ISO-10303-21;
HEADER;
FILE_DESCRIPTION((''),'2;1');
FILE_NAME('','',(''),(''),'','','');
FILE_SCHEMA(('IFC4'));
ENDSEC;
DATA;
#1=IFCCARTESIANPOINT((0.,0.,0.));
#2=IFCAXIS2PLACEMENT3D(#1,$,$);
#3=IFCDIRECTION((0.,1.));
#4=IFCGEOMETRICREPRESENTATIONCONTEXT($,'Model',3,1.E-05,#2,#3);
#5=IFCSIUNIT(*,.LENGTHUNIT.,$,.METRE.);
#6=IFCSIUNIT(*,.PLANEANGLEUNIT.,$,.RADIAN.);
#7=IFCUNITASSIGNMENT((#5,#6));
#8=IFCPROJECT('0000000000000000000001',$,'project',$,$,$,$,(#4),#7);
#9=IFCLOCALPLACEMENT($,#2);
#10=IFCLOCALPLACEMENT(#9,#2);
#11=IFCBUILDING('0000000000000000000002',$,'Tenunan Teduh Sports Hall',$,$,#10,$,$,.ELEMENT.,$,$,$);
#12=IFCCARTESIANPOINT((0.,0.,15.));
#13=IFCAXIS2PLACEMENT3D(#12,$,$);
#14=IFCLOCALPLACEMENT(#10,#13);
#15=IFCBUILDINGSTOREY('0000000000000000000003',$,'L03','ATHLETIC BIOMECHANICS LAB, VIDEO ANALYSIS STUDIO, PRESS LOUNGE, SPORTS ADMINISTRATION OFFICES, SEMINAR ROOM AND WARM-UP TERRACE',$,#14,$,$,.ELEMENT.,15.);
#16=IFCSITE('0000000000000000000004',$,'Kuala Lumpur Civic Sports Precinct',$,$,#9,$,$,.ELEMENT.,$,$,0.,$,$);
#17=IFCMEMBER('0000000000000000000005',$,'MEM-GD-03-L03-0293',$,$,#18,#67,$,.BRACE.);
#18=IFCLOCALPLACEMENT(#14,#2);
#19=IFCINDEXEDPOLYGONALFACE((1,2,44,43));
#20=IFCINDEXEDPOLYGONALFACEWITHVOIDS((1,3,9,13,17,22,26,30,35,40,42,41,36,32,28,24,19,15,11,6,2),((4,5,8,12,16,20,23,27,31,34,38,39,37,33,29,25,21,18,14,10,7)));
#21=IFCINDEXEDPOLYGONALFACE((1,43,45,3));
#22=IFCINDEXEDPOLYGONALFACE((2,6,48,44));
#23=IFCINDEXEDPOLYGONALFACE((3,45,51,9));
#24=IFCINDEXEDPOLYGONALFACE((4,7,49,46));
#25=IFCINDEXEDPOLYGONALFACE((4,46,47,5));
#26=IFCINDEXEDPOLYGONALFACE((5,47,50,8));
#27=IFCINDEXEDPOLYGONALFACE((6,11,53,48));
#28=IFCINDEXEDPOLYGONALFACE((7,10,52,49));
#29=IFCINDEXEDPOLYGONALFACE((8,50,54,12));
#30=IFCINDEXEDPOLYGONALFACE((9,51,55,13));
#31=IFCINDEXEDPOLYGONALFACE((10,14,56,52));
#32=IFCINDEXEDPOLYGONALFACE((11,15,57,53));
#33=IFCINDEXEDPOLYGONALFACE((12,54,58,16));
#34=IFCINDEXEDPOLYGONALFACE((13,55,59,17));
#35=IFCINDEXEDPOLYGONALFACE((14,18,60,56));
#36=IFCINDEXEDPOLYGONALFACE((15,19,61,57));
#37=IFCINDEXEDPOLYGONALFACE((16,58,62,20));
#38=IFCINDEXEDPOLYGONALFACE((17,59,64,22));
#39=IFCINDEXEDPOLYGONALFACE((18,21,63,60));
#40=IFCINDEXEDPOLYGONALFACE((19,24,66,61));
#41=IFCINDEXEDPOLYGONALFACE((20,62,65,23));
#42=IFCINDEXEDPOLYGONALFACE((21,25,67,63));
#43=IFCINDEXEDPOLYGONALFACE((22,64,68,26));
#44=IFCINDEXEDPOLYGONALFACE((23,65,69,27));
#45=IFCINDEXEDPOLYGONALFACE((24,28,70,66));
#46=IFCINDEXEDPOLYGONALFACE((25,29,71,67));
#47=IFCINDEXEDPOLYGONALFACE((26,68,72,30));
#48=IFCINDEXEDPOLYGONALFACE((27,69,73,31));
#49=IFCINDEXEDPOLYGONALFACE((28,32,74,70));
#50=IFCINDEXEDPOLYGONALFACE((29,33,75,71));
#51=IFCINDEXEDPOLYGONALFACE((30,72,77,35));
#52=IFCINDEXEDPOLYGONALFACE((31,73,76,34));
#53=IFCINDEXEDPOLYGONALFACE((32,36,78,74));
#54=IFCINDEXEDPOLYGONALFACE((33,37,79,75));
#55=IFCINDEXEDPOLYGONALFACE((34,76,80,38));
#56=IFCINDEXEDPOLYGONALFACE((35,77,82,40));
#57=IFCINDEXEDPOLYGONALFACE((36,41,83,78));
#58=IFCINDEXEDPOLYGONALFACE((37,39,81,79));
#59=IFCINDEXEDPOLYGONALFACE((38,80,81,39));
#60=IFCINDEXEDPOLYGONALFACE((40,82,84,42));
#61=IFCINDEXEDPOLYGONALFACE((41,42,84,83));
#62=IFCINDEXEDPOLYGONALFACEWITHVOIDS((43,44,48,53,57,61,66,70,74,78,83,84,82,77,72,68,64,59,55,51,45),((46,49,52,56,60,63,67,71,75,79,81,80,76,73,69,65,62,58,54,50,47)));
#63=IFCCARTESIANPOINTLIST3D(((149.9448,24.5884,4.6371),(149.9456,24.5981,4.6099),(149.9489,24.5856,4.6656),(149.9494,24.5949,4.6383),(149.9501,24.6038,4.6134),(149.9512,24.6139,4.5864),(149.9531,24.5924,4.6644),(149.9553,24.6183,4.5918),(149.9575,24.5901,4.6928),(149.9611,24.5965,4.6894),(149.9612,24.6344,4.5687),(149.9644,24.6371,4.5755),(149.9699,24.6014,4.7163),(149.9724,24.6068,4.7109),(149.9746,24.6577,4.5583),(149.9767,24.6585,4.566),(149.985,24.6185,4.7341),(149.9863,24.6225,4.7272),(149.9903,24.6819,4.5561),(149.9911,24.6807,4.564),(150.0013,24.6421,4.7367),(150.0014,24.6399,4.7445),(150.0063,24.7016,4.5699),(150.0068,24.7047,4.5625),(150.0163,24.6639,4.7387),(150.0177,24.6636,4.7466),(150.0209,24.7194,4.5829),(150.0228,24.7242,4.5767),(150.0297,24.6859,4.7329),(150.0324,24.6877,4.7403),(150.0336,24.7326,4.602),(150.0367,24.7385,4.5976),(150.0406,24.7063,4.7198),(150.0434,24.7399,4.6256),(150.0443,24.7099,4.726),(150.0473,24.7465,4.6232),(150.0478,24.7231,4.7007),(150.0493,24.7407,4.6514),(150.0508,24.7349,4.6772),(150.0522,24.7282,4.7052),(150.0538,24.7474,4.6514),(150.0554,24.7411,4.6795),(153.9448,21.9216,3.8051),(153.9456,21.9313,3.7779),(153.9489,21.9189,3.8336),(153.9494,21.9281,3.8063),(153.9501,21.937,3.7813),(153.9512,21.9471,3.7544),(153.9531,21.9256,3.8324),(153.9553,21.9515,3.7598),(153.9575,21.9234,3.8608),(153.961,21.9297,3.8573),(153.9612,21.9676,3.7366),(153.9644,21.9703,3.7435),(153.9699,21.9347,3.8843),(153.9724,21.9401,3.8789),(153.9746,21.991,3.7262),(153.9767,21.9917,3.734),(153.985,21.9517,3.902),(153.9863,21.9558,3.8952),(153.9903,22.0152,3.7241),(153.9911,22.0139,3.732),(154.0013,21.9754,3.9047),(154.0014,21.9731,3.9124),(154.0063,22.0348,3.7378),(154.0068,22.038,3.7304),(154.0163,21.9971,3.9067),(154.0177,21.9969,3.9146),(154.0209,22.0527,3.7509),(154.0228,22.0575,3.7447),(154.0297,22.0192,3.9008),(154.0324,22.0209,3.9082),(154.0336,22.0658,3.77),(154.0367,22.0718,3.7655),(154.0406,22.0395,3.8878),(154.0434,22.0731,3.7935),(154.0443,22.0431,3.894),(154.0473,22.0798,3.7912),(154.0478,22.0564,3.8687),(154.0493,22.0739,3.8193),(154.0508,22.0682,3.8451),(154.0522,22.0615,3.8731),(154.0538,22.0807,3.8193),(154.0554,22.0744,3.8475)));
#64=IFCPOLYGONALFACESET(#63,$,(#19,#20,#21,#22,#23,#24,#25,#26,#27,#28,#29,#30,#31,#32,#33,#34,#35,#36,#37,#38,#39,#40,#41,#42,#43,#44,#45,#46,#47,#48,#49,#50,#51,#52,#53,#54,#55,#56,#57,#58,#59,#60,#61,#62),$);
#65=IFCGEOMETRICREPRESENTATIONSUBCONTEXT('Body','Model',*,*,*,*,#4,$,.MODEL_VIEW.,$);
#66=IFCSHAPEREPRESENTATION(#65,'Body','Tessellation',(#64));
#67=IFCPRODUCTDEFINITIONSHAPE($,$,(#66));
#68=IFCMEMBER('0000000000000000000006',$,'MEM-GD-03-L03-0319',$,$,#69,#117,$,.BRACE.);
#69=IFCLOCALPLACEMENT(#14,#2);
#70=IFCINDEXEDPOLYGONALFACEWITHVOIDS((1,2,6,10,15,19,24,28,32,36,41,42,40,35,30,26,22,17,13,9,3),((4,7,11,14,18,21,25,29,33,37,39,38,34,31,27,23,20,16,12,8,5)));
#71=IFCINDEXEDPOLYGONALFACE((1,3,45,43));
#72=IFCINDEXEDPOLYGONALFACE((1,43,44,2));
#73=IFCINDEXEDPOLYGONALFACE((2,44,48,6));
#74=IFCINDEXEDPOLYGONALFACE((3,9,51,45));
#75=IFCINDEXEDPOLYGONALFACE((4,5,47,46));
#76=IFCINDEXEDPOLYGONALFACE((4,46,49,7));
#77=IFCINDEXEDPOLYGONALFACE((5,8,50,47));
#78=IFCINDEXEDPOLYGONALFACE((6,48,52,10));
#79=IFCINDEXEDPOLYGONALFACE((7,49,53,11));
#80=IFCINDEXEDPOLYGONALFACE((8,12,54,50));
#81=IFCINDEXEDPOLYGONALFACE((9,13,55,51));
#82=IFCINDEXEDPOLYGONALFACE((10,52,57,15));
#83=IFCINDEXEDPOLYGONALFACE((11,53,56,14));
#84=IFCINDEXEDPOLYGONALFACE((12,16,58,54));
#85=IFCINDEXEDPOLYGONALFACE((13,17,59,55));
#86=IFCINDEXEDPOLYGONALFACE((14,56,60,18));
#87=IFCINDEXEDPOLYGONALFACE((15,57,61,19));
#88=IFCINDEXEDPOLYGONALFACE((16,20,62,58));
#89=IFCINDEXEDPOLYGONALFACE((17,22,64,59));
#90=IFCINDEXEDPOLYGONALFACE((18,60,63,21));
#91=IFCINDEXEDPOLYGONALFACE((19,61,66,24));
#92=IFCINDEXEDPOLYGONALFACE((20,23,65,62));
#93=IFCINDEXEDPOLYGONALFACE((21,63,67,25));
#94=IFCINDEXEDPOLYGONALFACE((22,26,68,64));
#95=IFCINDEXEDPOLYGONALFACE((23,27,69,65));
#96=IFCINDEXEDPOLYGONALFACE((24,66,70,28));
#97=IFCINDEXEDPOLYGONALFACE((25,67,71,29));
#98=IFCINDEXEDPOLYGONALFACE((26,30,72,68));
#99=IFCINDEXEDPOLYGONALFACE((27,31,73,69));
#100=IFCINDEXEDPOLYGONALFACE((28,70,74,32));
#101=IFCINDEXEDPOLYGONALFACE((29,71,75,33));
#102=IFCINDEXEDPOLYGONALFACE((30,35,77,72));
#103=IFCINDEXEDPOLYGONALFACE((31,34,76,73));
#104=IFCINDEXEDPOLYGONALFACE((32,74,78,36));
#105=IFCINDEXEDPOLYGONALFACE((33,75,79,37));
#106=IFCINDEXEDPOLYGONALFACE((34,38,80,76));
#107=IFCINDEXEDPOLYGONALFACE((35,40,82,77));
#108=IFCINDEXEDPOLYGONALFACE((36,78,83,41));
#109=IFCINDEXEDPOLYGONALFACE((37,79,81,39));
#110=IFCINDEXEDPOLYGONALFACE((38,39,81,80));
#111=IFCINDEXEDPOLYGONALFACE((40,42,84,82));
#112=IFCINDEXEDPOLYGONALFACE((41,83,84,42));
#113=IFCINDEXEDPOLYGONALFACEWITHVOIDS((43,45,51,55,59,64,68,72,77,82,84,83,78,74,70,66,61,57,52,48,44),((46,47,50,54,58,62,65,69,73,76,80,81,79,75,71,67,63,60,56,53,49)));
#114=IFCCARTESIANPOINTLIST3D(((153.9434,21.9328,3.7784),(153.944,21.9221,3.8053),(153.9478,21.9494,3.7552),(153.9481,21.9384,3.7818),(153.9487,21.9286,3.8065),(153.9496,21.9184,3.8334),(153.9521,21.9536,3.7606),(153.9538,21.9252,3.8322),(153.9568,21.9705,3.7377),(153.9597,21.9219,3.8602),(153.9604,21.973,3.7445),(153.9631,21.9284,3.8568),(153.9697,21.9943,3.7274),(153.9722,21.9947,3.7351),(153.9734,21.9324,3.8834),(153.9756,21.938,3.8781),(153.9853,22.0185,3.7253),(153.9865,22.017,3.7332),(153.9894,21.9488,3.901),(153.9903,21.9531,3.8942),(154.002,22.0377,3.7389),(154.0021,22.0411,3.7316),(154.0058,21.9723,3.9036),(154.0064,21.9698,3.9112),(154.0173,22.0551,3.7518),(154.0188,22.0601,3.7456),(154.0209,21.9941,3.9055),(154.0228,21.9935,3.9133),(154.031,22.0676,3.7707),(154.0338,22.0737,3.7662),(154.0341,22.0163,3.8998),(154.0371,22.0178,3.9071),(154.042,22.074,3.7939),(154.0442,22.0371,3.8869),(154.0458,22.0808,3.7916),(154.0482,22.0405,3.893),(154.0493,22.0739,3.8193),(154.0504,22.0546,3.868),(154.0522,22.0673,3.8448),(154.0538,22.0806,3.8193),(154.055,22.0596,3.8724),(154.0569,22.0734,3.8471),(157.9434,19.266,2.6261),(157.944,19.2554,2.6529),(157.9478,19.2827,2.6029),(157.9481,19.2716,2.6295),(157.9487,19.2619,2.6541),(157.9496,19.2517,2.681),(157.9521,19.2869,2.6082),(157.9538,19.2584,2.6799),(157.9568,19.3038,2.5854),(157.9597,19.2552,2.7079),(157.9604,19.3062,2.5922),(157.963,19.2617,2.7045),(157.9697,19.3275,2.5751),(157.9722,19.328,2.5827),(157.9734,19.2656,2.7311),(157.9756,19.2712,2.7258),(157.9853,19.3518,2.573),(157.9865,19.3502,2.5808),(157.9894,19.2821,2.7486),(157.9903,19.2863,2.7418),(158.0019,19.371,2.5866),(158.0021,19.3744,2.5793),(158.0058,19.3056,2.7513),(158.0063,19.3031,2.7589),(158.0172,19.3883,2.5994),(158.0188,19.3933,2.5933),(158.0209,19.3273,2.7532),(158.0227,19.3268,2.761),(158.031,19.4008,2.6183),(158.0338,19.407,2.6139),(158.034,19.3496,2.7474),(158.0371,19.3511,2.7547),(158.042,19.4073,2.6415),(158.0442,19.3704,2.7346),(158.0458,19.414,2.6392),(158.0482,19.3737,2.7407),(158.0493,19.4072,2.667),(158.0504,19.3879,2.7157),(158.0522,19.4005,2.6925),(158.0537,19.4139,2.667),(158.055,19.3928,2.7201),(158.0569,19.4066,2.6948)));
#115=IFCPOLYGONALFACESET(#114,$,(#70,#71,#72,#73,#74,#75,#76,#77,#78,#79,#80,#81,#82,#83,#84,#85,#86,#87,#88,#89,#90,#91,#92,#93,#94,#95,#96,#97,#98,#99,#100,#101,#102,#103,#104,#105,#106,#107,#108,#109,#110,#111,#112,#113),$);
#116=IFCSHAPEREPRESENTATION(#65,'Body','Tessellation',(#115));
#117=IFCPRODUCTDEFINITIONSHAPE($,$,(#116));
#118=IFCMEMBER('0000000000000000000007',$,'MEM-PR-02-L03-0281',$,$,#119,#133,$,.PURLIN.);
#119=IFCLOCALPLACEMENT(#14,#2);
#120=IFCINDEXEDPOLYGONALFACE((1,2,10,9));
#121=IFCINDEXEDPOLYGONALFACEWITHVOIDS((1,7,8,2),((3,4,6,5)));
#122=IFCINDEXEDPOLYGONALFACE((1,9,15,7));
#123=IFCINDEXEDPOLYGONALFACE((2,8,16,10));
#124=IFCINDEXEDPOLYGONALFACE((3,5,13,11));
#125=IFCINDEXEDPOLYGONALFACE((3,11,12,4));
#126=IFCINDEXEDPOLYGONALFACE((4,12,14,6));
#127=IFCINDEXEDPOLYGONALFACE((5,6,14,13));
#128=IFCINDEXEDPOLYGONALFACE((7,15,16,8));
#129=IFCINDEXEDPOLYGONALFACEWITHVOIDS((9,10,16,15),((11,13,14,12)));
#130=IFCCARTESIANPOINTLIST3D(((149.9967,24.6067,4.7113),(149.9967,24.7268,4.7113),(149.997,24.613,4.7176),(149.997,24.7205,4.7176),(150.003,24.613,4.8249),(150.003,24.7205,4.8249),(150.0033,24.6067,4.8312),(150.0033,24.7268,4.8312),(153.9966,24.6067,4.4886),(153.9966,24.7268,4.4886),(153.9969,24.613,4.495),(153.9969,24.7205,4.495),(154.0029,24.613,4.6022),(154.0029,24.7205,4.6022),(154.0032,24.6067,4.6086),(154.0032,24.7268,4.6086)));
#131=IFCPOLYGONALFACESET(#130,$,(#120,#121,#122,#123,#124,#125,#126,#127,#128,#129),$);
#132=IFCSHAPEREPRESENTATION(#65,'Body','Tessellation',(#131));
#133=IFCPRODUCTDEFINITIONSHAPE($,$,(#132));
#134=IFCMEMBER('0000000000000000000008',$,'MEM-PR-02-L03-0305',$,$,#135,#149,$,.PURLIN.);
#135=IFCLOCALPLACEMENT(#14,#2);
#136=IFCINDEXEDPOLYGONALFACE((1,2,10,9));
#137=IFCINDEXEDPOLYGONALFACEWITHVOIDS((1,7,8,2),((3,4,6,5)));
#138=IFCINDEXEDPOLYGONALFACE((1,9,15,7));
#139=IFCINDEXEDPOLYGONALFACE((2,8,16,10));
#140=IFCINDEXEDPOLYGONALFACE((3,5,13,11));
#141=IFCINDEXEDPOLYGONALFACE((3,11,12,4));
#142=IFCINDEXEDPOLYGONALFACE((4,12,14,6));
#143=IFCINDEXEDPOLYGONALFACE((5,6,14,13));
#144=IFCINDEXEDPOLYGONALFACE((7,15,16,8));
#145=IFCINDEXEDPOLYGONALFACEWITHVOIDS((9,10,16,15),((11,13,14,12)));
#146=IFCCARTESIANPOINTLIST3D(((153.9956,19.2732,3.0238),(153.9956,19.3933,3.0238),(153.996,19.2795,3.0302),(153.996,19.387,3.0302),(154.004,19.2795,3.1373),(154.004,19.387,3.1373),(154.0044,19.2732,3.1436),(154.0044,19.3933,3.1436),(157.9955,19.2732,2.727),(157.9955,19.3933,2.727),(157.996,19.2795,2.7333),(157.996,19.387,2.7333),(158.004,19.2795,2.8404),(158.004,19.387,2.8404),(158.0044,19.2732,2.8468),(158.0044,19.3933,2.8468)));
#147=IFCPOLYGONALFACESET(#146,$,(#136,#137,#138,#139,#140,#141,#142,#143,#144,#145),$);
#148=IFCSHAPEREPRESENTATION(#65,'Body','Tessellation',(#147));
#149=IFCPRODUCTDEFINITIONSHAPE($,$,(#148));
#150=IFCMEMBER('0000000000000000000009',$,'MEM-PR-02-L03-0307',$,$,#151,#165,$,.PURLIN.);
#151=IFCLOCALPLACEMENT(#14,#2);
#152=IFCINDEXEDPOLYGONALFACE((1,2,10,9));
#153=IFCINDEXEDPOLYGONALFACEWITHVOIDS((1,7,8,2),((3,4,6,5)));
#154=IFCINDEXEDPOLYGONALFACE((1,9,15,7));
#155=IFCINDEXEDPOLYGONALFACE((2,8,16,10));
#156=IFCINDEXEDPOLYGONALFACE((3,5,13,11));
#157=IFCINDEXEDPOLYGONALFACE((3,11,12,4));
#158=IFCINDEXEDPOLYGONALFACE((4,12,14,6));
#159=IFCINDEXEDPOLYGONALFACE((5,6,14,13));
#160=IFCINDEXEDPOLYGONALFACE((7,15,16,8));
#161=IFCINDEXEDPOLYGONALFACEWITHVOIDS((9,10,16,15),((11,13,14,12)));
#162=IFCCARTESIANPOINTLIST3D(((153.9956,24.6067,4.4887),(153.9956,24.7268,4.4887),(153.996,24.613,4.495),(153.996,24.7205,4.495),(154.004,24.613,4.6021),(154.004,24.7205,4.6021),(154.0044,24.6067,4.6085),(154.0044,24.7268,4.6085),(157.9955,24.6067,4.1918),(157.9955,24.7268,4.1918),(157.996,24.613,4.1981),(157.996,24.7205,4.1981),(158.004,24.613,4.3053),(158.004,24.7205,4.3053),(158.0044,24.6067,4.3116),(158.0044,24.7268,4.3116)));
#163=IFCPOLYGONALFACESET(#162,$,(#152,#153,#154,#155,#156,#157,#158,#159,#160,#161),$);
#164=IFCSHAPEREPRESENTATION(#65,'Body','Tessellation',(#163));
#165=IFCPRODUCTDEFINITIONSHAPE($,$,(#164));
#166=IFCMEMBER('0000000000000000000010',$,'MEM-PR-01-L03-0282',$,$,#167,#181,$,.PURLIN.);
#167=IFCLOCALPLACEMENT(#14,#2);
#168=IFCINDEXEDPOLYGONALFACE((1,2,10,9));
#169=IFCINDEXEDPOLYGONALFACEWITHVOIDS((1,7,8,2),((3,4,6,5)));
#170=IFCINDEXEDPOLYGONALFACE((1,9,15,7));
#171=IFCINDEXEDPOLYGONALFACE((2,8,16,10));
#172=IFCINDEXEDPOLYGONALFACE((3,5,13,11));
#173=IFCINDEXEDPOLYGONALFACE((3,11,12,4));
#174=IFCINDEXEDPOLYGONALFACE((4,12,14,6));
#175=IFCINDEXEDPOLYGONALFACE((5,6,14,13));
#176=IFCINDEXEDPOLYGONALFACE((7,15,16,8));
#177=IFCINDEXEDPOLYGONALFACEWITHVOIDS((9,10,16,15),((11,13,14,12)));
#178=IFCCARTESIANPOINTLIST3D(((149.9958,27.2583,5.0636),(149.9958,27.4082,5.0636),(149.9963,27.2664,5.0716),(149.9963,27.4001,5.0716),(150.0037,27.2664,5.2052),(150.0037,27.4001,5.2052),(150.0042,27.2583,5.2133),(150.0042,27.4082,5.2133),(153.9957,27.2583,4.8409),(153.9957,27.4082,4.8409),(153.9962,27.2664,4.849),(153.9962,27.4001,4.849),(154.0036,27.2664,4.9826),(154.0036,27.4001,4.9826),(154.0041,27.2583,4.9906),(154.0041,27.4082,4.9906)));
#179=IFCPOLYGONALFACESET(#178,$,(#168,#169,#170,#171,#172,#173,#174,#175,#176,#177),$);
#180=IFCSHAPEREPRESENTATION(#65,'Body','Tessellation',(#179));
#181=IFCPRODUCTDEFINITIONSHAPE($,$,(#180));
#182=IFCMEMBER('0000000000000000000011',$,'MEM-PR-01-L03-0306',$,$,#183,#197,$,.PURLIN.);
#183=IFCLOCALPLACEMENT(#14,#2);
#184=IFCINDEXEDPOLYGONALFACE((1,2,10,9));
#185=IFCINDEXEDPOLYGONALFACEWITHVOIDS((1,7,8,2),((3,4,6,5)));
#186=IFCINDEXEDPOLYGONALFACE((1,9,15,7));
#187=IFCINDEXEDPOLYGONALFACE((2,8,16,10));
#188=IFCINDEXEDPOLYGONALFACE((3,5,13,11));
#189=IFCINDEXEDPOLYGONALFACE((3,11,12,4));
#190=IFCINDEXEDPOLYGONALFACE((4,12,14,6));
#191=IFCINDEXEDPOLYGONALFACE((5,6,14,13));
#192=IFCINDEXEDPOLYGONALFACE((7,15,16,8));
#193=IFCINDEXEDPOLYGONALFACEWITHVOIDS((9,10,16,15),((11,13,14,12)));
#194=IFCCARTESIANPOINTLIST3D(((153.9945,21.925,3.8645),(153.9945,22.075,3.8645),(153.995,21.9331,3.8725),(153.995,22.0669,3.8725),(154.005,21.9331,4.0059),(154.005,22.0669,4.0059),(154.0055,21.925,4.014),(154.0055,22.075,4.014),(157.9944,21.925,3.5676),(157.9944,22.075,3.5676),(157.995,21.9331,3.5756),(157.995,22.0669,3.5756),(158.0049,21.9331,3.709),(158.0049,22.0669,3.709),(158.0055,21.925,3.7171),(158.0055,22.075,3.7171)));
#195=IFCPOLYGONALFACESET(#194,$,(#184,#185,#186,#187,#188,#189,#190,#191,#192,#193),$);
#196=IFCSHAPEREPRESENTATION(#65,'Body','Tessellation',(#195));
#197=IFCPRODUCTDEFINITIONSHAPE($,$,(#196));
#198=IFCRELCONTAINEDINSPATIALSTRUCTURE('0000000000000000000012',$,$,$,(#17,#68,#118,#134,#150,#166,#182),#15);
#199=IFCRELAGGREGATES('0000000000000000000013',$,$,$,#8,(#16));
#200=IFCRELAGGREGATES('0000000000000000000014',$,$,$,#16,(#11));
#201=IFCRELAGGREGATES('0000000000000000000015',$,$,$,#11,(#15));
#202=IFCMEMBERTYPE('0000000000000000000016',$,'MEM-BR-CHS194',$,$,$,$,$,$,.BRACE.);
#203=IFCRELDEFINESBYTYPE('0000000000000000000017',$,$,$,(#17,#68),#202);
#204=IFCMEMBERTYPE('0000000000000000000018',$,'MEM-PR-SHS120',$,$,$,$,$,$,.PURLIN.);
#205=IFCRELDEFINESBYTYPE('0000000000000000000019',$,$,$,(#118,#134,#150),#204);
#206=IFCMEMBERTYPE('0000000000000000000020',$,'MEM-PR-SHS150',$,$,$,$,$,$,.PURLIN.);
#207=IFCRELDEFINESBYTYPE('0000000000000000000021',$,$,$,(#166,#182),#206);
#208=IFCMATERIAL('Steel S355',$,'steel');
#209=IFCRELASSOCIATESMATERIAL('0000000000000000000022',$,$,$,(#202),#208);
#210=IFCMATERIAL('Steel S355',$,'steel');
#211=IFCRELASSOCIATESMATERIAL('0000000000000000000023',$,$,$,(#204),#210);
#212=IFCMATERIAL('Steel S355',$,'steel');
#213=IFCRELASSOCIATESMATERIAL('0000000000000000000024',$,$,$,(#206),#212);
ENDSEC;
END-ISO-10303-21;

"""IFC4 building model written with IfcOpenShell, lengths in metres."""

from ifc_helpers import new_model, si_unit, direction, frame, origin, origin_2d, place, context, subcontext, project, spatial, hollow_rectangle, hollow_circle, extrude, material, material_profile, profile_set, type_object, element, save


model = new_model("IFC4")

# Units and contexts
model_context = context("Model", 3, precision=1e-05, world=origin(), true_north=direction((0.0, 1.0)))
body_context = subcontext(model_context, "Body", "Model", "MODEL_VIEW")
ifc_project = project(units=[si_unit("LENGTHUNIT", "METRE"), si_unit("PLANEANGLEUNIT", "RADIAN")], contexts=[model_context])

# Site, building, storey
site_placement = place(None, origin())
site = spatial("IfcSite", under=ifc_project, at=site_placement, Name="Kuala Lumpur Civic Sports Precinct", CompositionType="ELEMENT", RefElevation=0.0)
building_placement = place(site_placement, origin())
building = spatial("IfcBuilding", under=site, at=building_placement, Name="Tenunan Teduh Sports Hall", CompositionType="ELEMENT")
storey_placement = place(building_placement, frame((0.0, 0.0, 15.0)))
storey = spatial("IfcBuildingStorey", under=building, at=storey_placement, Name="L03", Description="ATHLETIC BIOMECHANICS LAB, VIDEO ANALYSIS STUDIO, PRESS LOUNGE, SPORTS ADMINISTRATION OFFICES, SEMINAR ROOM AND WARM-UP TERRACE", CompositionType="ELEMENT", Elevation=15.0)

# Members
ifc_material_1 = material(Name="Steel S355", Category="steel")
ifc_material_profile_1 = material_profile(ifc_material_1, hollow_circle(Radius=0.0969, WallThickness=0.0081, at=origin_2d()), Name="CHS 193.7x8.0")
ifc_profile_set_1 = profile_set([ifc_material_profile_1], Name="Steel S355")
member_type_1 = type_object("IfcMemberType", Name="MEM-BR-CHS194", PredefinedType="BRACE", material=ifc_profile_set_1)
member_1_placement = place(storey_placement, frame((150.0, 24.6667, 4.6514), z_axis=(0.819854, -0.546586, -0.170536), x_axis=(0.554712, 0.832042, 0.0)))
element("IfcMember", 1, at=member_1_placement, inside=storey, type_object=member_type_1, Name="MEM-GD-03-L03-0293", PredefinedType="BRACE", context=body_context, shape_type="SweptSolid", body=[
    extrude(hollow_circle(Radius=0.0969, WallThickness=0.0081, at=origin_2d()), origin(), (0.0, 0.0, 1.0), 4.8789),
])
member_2_placement = place(storey_placement, frame((154.0, 22.0, 3.8193), z_axis=(0.809123, -0.539432, -0.233097), x_axis=(0.554712, 0.832042, 0.0)))
element("IfcMember", 2, at=member_2_placement, inside=storey, type_object=member_type_1, Name="MEM-GD-03-L03-0319", PredefinedType="BRACE", context=body_context, shape_type="SweptSolid", body=[
    extrude(hollow_circle(Radius=0.0969, WallThickness=0.0081, at=origin_2d()), origin(), (0.0, 0.0, 1.0), 4.9436),
])
ifc_material_2 = material(Name="Steel S355", Category="steel")
ifc_material_profile_2 = material_profile(ifc_material_2, hollow_rectangle(XDim=0.1201, YDim=0.1201, WallThickness=0.0063, at=origin_2d()), Name="SHS 120x120x6.3")
ifc_profile_set_2 = profile_set([ifc_material_profile_2], Name="Steel S355")
member_type_2 = type_object("IfcMemberType", Name="MEM-PR-SHS120", PredefinedType="PURLIN", material=ifc_profile_set_2)
member_3_placement = place(storey_placement, frame((150.0, 24.6667, 4.7712), z_axis=(0.998454, 0.0, -0.055578), x_axis=(0.0, 1.0, 0.0)))
element("IfcMember", 3, at=member_3_placement, inside=storey, type_object=member_type_2, Name="MEM-PR-02-L03-0281", PredefinedType="PURLIN", context=body_context, shape_type="SweptSolid", body=[
    extrude(hollow_rectangle(XDim=0.1201, YDim=0.1201, WallThickness=0.0063, at=origin_2d()), origin(), (0.0, 0.0, 1.0), 4.0061),
])
for number, where, z_axis, x_axis, name in (
    (4, (154.0, 19.3333, 3.0837), (0.997257, 0.0, -0.074015), (0.0, 1.0, 0.0), "MEM-PR-02-L03-0305"),
    (5, (154.0, 24.6667, 4.5486), (0.997257, 0.0, -0.074015), (0.0, 1.0, 0.0), "MEM-PR-02-L03-0307"),
):
    element("IfcMember", number, at=place(storey_placement, frame(where, z_axis=z_axis, x_axis=x_axis)), inside=storey, type_object=member_type_2, Name=name, PredefinedType="PURLIN", context=body_context, shape_type="SweptSolid", body=[
        extrude(hollow_rectangle(XDim=0.1201, YDim=0.1201, WallThickness=0.0063, at=origin_2d()), origin(), (0.0, 0.0, 1.0), 4.011),
    ])
ifc_material_3 = material(Name="Steel S355", Category="steel")
ifc_material_profile_3 = material_profile(ifc_material_3, hollow_rectangle(XDim=0.1499, YDim=0.1499, WallThickness=0.0081, at=origin_2d()), Name="SHS 150x150x8.0")
ifc_profile_set_3 = profile_set([ifc_material_profile_3], Name="Steel S355")
member_type_3 = type_object("IfcMemberType", Name="MEM-PR-SHS150", PredefinedType="PURLIN", material=ifc_profile_set_3)
member_4_placement = place(storey_placement, frame((150.0, 27.3333, 5.1384), z_axis=(0.998454, 0.0, -0.055578), x_axis=(0.0, 1.0, 0.0)))
element("IfcMember", 6, at=member_4_placement, inside=storey, type_object=member_type_3, Name="MEM-PR-01-L03-0282", PredefinedType="PURLIN", context=body_context, shape_type="SweptSolid", body=[
    extrude(hollow_rectangle(XDim=0.1499, YDim=0.1499, WallThickness=0.0081, at=origin_2d()), origin(), (0.0, 0.0, 1.0), 4.0061),
])
for number, where, z_axis, x_axis, name in (
    (7, (154.0, 22.0, 3.9392), (0.997257, 0.0, -0.074015), (0.0, 1.0, 0.0), "MEM-PR-01-L03-0306"),
):
    element("IfcMember", number, at=place(storey_placement, frame(where, z_axis=z_axis, x_axis=x_axis)), inside=storey, type_object=member_type_3, Name=name, PredefinedType="PURLIN", context=body_context, shape_type="SweptSolid", body=[
        extrude(hollow_rectangle(XDim=0.1499, YDim=0.1499, WallThickness=0.0081, at=origin_2d()), origin(), (0.0, 0.0, 1.0), 4.011),
    ])

save(model, "model.ifc")
